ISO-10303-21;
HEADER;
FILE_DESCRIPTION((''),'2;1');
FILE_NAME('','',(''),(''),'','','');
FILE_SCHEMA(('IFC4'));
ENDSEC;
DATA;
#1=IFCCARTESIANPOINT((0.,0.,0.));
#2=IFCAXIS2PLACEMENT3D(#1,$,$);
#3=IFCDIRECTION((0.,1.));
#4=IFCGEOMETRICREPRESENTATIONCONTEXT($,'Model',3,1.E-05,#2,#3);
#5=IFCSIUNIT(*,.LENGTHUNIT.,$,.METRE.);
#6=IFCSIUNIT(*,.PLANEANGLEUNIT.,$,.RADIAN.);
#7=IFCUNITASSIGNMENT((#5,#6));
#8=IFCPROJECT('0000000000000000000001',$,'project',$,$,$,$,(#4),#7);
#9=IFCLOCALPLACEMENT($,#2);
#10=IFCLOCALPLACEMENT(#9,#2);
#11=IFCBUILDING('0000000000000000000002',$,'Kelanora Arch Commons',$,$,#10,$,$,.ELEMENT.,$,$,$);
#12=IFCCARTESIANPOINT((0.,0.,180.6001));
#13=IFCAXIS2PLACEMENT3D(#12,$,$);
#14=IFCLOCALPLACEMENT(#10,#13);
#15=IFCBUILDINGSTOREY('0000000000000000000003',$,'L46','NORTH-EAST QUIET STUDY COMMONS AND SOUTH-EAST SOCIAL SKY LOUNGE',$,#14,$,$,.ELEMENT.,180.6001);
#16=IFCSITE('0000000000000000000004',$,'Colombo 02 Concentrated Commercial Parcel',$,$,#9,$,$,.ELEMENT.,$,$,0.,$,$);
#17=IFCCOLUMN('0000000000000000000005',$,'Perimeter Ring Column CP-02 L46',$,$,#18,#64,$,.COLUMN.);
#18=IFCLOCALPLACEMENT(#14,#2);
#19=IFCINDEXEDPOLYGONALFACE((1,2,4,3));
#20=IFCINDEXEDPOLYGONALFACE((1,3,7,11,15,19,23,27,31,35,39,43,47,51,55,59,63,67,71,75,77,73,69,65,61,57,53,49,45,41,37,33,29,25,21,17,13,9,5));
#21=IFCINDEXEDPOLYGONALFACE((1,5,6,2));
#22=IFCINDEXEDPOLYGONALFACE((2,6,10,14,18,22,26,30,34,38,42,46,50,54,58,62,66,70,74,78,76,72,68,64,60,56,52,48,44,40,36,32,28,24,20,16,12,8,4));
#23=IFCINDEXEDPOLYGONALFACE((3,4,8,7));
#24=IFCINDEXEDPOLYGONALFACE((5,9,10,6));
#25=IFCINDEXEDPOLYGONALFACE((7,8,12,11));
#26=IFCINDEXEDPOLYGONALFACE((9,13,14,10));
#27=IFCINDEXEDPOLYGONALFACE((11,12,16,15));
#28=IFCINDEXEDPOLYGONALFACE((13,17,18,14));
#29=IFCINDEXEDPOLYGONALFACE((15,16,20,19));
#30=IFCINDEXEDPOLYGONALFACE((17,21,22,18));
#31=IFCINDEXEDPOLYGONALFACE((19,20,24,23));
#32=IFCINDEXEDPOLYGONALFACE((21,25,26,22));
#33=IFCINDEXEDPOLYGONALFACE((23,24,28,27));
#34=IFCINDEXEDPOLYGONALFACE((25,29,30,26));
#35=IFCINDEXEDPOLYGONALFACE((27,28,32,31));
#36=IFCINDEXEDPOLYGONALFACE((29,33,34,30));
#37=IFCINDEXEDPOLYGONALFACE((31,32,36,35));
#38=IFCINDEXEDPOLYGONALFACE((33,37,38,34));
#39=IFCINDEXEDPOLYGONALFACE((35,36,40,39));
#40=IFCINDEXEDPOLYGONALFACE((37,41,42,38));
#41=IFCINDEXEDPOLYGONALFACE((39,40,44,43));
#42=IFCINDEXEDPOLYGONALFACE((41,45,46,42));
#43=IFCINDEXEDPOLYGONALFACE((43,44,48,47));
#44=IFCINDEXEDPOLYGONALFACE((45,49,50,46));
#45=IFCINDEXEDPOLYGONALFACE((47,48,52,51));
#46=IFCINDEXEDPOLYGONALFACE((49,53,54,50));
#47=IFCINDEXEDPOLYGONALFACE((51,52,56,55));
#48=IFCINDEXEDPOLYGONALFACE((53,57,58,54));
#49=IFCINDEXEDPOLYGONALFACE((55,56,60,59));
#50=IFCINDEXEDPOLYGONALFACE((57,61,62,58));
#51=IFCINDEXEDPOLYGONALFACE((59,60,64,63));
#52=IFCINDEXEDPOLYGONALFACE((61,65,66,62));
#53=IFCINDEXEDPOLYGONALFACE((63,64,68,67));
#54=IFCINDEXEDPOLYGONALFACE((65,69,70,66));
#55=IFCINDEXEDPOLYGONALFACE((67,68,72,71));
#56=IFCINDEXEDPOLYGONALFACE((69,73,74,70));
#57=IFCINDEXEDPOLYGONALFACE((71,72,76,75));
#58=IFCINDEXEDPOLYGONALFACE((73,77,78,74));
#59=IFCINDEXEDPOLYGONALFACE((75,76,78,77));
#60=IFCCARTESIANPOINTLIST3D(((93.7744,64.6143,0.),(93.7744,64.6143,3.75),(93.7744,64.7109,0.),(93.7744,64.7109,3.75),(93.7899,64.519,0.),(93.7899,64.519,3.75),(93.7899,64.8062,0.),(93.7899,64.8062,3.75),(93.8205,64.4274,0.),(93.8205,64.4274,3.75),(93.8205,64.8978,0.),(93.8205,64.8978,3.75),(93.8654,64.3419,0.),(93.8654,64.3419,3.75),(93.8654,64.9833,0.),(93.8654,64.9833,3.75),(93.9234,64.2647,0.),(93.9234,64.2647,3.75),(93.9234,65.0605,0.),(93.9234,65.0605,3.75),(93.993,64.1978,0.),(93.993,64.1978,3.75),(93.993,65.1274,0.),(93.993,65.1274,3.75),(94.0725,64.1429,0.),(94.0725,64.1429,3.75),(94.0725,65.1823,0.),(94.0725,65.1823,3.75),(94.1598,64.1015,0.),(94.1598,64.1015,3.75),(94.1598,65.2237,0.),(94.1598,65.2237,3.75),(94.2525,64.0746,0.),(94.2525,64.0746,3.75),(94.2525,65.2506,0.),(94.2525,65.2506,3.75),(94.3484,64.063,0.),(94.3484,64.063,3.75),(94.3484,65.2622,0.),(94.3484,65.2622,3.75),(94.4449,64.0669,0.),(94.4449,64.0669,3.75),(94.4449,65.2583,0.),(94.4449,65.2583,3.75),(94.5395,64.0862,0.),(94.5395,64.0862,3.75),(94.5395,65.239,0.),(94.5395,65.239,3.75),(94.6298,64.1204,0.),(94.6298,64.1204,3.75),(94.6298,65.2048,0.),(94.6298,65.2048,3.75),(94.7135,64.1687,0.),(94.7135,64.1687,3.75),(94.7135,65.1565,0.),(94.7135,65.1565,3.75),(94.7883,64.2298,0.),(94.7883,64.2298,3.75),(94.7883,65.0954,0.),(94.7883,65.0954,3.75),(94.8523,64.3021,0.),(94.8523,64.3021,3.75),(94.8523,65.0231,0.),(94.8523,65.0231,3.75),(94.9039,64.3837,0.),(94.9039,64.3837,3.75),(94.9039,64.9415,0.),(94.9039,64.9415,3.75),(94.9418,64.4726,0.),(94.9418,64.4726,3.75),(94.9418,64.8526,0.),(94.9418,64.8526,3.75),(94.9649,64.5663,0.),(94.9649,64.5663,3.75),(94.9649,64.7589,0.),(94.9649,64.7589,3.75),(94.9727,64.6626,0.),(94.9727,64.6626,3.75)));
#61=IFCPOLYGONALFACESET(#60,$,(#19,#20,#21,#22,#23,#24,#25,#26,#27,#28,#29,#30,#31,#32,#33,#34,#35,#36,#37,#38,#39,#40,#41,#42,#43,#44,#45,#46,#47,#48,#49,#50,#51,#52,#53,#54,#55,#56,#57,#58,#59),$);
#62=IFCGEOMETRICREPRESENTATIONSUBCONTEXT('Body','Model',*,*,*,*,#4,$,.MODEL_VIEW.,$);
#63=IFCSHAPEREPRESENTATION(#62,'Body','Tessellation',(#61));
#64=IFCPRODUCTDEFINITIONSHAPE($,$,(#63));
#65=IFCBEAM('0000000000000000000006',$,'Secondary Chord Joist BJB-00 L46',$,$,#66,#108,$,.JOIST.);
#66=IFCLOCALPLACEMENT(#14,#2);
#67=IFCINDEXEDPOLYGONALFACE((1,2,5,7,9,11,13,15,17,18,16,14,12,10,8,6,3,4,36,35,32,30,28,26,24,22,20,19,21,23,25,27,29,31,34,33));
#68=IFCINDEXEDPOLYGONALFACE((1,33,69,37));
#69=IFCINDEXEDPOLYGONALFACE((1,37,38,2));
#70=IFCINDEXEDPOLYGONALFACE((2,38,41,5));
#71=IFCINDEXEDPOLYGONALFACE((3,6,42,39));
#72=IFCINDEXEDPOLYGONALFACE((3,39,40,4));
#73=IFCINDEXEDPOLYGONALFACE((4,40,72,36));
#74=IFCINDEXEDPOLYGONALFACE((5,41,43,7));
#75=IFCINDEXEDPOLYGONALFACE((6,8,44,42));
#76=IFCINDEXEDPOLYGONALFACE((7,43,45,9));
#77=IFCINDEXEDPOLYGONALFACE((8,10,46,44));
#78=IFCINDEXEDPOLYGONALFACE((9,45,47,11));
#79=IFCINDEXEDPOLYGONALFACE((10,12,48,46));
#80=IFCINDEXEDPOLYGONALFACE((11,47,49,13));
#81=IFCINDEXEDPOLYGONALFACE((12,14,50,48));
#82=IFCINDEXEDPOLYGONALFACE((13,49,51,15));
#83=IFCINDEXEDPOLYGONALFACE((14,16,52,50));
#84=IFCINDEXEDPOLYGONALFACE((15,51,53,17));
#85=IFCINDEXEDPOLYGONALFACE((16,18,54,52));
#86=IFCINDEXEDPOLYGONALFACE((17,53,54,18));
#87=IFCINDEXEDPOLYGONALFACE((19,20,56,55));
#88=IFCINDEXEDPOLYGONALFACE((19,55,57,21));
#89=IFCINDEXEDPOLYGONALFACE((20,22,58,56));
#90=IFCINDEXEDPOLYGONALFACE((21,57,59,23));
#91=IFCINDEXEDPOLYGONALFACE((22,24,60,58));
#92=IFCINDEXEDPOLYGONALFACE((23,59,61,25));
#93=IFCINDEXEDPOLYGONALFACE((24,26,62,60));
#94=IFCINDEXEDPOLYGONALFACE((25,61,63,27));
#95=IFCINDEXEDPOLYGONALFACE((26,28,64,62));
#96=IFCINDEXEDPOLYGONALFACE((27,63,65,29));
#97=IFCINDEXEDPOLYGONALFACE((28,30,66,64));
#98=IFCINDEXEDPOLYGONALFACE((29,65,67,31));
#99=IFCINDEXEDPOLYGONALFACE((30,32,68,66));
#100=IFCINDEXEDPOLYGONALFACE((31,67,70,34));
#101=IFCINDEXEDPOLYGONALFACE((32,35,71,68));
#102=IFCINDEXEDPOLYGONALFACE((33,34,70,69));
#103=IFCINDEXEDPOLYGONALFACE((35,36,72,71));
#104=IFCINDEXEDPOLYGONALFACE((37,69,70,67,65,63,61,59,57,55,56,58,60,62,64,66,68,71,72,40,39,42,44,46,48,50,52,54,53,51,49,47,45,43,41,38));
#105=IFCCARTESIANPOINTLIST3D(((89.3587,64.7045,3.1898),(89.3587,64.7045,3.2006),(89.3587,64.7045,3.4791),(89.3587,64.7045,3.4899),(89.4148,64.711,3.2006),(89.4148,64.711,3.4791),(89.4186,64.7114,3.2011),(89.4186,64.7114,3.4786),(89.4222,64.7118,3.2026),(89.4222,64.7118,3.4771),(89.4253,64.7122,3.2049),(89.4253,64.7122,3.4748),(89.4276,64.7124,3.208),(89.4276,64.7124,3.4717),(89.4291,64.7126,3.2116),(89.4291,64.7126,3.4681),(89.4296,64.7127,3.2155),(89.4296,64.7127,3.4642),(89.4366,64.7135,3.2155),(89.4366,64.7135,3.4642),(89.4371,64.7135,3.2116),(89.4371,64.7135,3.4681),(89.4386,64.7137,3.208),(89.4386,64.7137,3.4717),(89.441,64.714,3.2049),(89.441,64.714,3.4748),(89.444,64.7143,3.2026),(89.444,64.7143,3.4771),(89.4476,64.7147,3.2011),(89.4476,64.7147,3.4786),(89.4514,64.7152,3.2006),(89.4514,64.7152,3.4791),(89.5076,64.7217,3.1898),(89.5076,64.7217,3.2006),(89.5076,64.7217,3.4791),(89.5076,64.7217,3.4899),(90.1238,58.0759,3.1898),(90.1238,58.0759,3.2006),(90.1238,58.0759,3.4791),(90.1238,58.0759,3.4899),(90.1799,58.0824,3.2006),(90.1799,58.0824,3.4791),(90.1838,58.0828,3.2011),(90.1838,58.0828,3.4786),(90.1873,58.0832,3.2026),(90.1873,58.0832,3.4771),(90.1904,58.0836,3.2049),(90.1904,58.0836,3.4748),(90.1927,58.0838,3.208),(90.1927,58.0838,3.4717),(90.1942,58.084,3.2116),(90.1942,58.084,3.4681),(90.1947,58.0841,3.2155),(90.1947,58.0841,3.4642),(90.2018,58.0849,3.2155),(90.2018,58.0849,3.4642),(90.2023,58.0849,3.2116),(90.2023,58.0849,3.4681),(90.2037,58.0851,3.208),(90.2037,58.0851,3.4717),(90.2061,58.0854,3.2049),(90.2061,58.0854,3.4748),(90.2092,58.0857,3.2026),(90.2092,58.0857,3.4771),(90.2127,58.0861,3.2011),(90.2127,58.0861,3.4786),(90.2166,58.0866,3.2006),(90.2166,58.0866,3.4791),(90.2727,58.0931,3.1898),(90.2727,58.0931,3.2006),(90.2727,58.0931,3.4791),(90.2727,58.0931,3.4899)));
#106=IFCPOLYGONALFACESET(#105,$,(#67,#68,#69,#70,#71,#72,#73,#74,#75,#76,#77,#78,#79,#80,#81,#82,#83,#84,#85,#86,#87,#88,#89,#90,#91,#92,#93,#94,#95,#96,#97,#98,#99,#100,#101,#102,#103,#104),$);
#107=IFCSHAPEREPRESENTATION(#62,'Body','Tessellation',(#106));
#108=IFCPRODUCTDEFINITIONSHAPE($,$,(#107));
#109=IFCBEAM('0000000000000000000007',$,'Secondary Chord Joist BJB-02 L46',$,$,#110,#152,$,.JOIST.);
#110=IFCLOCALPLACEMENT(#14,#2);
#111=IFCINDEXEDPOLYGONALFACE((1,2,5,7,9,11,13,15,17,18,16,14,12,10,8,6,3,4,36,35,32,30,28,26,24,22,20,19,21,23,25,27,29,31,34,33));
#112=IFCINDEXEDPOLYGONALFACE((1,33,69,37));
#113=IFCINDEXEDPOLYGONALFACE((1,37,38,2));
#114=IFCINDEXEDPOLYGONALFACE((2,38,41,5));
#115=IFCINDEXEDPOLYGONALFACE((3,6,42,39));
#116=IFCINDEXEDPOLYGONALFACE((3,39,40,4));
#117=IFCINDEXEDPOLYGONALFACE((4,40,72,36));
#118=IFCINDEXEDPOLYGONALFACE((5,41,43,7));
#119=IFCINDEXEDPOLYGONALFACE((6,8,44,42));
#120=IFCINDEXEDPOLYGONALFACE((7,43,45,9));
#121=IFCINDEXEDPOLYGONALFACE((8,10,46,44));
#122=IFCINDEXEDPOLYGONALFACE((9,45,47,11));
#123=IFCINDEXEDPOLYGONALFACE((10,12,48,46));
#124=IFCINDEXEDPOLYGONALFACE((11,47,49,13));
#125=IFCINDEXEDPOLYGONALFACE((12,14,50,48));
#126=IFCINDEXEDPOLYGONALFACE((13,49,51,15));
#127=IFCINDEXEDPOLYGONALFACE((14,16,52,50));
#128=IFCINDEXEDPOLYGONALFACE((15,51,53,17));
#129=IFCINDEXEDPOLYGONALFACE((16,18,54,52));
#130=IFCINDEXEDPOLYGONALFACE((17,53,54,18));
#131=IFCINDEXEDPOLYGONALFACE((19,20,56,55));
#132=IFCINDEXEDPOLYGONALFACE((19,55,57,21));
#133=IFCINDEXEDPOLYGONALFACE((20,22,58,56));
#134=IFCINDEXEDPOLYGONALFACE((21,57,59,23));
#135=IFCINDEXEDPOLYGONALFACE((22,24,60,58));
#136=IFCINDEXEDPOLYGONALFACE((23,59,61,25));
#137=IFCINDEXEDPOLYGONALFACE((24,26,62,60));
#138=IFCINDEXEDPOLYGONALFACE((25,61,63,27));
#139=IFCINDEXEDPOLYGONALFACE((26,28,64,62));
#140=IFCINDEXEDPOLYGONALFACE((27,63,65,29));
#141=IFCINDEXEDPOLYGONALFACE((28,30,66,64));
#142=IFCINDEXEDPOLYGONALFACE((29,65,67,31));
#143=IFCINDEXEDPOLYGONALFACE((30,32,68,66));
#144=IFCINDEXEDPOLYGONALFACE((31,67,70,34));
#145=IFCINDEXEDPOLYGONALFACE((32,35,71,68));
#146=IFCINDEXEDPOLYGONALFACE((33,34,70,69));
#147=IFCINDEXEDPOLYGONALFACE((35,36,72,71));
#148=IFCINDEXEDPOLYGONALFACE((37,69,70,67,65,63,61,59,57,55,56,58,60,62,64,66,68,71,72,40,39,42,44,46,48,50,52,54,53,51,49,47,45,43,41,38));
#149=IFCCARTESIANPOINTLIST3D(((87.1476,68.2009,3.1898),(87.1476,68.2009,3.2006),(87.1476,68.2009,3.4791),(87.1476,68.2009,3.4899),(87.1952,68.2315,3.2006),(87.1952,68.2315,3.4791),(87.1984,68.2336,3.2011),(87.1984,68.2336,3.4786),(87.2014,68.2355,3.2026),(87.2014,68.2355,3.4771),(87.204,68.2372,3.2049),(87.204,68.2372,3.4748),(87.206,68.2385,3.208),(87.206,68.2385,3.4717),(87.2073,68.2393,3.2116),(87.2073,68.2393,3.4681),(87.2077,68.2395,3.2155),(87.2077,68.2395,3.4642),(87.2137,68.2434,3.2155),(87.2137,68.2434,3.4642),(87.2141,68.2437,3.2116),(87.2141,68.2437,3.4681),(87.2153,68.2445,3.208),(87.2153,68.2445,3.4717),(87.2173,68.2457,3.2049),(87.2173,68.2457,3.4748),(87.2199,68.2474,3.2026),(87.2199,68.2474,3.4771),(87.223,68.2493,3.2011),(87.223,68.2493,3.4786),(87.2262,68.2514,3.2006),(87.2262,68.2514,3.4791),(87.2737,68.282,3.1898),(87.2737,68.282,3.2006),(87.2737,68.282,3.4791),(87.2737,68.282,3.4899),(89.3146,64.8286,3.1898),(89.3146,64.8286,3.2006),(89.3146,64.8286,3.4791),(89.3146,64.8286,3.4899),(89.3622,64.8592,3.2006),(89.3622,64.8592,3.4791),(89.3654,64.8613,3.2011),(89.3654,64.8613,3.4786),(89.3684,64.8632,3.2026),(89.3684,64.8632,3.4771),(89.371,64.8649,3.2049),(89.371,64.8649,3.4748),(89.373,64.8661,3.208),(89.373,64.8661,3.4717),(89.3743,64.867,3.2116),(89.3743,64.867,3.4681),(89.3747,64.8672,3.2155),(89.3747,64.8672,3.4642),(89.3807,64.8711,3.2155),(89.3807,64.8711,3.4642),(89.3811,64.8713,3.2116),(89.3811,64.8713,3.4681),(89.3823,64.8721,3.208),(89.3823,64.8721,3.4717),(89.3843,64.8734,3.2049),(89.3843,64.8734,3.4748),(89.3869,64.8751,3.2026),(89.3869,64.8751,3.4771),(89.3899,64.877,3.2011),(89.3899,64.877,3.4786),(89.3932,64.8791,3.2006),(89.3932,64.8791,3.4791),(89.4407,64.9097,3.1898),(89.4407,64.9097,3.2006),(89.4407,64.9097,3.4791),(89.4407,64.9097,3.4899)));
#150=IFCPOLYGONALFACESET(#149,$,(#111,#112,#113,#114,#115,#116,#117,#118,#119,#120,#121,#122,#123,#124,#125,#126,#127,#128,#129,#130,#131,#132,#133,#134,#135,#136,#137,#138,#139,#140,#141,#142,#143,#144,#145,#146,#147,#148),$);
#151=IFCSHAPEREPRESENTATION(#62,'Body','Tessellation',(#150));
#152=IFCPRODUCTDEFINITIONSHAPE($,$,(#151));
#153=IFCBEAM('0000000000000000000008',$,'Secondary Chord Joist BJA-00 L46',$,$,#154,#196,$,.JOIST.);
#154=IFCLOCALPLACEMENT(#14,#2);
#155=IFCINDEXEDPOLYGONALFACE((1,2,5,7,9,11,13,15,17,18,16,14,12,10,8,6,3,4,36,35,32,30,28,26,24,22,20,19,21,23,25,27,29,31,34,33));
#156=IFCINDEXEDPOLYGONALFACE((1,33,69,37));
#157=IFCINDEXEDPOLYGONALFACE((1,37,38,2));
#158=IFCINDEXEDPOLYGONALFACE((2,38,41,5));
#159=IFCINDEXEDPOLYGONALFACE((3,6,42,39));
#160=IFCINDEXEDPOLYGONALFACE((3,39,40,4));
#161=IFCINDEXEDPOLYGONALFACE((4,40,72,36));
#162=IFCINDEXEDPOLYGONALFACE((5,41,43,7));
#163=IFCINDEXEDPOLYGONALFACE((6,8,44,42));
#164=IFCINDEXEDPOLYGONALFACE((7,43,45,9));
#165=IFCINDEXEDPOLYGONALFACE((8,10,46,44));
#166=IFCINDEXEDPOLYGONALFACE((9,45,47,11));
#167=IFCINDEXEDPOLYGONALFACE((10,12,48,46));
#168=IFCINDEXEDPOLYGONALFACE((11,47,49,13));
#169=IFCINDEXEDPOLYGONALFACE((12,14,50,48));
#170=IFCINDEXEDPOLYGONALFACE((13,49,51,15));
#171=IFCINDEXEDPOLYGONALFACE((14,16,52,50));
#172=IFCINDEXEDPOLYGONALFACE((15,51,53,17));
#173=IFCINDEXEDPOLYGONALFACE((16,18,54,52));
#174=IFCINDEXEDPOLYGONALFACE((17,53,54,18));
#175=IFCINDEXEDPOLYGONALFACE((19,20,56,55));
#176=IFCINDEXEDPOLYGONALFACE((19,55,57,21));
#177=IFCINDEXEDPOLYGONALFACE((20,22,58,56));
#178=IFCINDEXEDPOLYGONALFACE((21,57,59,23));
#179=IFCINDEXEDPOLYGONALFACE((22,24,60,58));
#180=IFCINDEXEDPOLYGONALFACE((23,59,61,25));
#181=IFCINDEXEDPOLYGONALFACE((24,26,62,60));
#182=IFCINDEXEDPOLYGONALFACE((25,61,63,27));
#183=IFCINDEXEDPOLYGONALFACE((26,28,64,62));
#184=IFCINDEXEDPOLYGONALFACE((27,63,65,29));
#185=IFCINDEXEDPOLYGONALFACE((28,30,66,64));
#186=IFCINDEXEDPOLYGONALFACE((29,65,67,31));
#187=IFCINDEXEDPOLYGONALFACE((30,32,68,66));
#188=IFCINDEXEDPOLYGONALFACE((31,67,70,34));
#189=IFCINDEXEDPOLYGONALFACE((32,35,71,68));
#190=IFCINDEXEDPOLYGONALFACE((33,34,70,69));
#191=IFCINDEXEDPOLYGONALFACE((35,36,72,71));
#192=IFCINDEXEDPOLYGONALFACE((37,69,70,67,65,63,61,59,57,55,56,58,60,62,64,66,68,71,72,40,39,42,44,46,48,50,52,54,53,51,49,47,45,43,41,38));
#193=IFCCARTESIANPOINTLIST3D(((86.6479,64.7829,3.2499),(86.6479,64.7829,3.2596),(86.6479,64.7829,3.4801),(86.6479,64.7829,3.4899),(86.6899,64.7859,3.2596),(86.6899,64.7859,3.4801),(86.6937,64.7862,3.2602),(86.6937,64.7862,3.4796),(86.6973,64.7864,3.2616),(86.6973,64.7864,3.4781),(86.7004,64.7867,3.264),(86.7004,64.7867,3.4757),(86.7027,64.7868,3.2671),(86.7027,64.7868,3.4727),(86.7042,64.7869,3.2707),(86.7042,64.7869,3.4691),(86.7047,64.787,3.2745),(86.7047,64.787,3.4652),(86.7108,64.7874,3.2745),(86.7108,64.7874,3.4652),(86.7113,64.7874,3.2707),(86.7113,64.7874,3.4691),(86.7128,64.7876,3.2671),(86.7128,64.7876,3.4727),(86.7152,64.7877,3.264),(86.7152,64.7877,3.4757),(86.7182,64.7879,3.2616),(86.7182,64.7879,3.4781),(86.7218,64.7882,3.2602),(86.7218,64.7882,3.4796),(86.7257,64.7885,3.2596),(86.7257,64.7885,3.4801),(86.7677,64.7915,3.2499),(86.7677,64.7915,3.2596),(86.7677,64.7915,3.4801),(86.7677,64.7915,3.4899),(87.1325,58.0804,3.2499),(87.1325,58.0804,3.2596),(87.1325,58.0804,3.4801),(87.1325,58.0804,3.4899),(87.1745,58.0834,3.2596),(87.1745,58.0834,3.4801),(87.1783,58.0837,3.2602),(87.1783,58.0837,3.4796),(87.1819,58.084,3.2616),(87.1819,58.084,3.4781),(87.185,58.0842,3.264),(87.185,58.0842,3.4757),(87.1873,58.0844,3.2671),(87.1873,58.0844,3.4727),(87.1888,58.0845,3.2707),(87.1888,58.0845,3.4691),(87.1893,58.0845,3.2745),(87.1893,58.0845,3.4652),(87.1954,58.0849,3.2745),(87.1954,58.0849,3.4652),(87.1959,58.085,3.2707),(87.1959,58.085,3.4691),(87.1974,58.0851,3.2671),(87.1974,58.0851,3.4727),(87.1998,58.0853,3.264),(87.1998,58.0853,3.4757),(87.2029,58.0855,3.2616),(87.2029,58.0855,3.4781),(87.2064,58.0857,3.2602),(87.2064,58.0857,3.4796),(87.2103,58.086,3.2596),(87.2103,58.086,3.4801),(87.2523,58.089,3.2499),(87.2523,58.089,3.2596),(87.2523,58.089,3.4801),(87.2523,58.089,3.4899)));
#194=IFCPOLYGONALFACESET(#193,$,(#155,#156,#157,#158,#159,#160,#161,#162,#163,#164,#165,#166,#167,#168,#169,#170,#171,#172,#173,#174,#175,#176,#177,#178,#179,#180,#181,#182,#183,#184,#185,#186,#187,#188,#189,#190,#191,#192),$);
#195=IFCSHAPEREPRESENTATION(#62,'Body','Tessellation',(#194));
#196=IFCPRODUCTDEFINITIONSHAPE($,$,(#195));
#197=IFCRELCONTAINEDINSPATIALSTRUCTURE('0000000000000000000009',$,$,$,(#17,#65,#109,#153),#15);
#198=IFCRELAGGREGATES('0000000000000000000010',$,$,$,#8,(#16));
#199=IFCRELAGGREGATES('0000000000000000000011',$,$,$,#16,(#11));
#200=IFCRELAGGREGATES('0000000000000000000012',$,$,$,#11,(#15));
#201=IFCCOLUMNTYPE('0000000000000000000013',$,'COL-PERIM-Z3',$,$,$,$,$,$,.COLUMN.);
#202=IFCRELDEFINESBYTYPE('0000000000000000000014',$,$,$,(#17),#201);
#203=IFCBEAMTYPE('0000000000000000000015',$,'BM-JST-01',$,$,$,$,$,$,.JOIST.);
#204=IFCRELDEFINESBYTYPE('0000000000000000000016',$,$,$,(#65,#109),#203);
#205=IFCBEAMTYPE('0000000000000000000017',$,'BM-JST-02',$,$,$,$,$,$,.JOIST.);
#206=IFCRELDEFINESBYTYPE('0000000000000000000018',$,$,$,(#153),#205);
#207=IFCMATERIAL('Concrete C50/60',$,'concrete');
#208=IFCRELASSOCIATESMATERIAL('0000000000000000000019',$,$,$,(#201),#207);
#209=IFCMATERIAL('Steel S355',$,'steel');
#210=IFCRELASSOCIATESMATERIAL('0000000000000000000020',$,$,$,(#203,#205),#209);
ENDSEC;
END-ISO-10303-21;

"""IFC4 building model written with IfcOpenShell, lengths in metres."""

from ifc_helpers import new_model, si_unit, direction, frame, origin, origin_2d, place, context, subcontext, project, spatial, circle, i_section, extrude, material, material_profile, profile_set, type_object, element, save


model = new_model("IFC4")

# Units and contexts
model_context = context("Model", 3, precision=1e-05, world=origin(), true_north=direction((0.0, 1.0)))
body_context = subcontext(model_context, "Body", "Model", "MODEL_VIEW")
ifc_project = project(units=[si_unit("LENGTHUNIT", "METRE"), si_unit("PLANEANGLEUNIT", "RADIAN")], contexts=[model_context])

# Site, building, storey
site_placement = place(None, origin())
site = spatial("IfcSite", under=ifc_project, at=site_placement, Name="Colombo 02 Concentrated Commercial Parcel", CompositionType="ELEMENT", RefElevation=0.0)
building_placement = place(site_placement, origin())
building = spatial("IfcBuilding", under=site, at=building_placement, Name="Kelanora Arch Commons", CompositionType="ELEMENT")
storey_placement = place(building_placement, frame((0.0, 0.0, 180.6001)))
storey = spatial("IfcBuildingStorey", under=building, at=storey_placement, Name="L46", Description="NORTH-EAST QUIET STUDY COMMONS AND SOUTH-EAST SOCIAL SKY LOUNGE", CompositionType="ELEMENT", Elevation=180.6001)

# Column
ifc_material_1 = material(Name="Concrete C50/60", Category="concrete")
ifc_material_profile_1 = material_profile(ifc_material_1, circle(Radius=0.6001, at=origin_2d()), Name="RCC1200")
ifc_profile_set_1 = profile_set([ifc_material_profile_1], Name="Concrete C50/60")
column_type = type_object("IfcColumnType", Name="COL-PERIM-Z3", PredefinedType="COLUMN", material=ifc_profile_set_1)
column_placement = place(storey_placement, frame((94.3726, 64.6626, 0.0), z_axis=(0.0, 0.0, 1.0), x_axis=(1.0, 0.0, 0.0)))
element("IfcColumn", 1, at=column_placement, inside=storey, type_object=column_type, Name="Perimeter Ring Column CP-02 L46", PredefinedType="COLUMN", context=body_context, shape_type="SweptSolid", body=[
    extrude(circle(Radius=0.6001, at=origin_2d()), origin(), (0.0, 0.0, 1.0), 3.75),
])

# Beams
ifc_material_2 = material(Name="Steel S355", Category="steel")
ifc_material_profile_2 = material_profile(ifc_material_2, i_section(OverallWidth=0.1499, OverallDepth=0.3, WebThickness=0.0071, FlangeThickness=0.0107, FilletRadius=0.0149, at=origin_2d()), Name="IPE300")
ifc_profile_set_2 = profile_set([ifc_material_profile_2], Name="Steel S355")
beam_type_1 = type_object("IfcBeamType", Name="BM-JST-01", PredefinedType="JOIST", material=ifc_profile_set_2)
beam_1_placement = place(storey_placement, frame((90.1982, 58.0845, 3.3398), z_axis=(-0.114667, 0.993404, 0.0), x_axis=(-0.993404, -0.114667, 0.0)))
element("IfcBeam", 2, at=beam_1_placement, inside=storey, type_object=beam_type_1, Name="Secondary Chord Joist BJB-00 L46", PredefinedType="JOIST", context=body_context, shape_type="SweptSolid", body=[
    extrude(i_section(OverallWidth=0.1499, OverallDepth=0.3, WebThickness=0.0071, FlangeThickness=0.0107, FilletRadius=0.0149, at=origin_2d()), origin(), (0.0, 0.0, 1.0), 6.6726),
])
beam_2_placement = place(storey_placement, frame((89.3777, 64.8691, 3.3398), z_axis=(-0.540594, 0.841283, 0.0), x_axis=(-0.841283, -0.540594, 0.0)))
element("IfcBeam", 3, at=beam_2_placement, inside=storey, type_object=beam_type_1, Name="Secondary Chord Joist BJB-02 L46", PredefinedType="JOIST", context=body_context, shape_type="SweptSolid", body=[
    extrude(i_section(OverallWidth=0.1499, OverallDepth=0.3, WebThickness=0.0071, FlangeThickness=0.0107, FilletRadius=0.0149, at=origin_2d()), origin(), (0.0, 0.0, 1.0), 4.0085),
])
ifc_material_profile_3 = material_profile(ifc_material_2, i_section(OverallWidth=0.1201, OverallDepth=0.24, WebThickness=0.0061, FlangeThickness=0.0098, FilletRadius=0.0149, at=origin_2d()), Name="IPE240")
ifc_profile_set_3 = profile_set([ifc_material_profile_3], Name="Steel S355")
beam_type_2 = type_object("IfcBeamType", Name="BM-JST-02", PredefinedType="JOIST", material=ifc_profile_set_3)
beam_3_placement = place(storey_placement, frame((87.1924, 58.0847, 3.3699), z_axis=(-0.072117, 0.997396, 0.0), x_axis=(-0.997396, -0.072117, 0.0)))
element("IfcBeam", 4, at=beam_3_placement, inside=storey, type_object=beam_type_2, Name="Secondary Chord Joist BJA-00 L46", PredefinedType="JOIST", context=body_context, shape_type="SweptSolid", body=[
    extrude(i_section(OverallWidth=0.1201, OverallDepth=0.24, WebThickness=0.0061, FlangeThickness=0.0098, FilletRadius=0.0149, at=origin_2d()), origin(), (0.0, 0.0, 1.0), 6.72),
])

save(model, "model.ifc")
